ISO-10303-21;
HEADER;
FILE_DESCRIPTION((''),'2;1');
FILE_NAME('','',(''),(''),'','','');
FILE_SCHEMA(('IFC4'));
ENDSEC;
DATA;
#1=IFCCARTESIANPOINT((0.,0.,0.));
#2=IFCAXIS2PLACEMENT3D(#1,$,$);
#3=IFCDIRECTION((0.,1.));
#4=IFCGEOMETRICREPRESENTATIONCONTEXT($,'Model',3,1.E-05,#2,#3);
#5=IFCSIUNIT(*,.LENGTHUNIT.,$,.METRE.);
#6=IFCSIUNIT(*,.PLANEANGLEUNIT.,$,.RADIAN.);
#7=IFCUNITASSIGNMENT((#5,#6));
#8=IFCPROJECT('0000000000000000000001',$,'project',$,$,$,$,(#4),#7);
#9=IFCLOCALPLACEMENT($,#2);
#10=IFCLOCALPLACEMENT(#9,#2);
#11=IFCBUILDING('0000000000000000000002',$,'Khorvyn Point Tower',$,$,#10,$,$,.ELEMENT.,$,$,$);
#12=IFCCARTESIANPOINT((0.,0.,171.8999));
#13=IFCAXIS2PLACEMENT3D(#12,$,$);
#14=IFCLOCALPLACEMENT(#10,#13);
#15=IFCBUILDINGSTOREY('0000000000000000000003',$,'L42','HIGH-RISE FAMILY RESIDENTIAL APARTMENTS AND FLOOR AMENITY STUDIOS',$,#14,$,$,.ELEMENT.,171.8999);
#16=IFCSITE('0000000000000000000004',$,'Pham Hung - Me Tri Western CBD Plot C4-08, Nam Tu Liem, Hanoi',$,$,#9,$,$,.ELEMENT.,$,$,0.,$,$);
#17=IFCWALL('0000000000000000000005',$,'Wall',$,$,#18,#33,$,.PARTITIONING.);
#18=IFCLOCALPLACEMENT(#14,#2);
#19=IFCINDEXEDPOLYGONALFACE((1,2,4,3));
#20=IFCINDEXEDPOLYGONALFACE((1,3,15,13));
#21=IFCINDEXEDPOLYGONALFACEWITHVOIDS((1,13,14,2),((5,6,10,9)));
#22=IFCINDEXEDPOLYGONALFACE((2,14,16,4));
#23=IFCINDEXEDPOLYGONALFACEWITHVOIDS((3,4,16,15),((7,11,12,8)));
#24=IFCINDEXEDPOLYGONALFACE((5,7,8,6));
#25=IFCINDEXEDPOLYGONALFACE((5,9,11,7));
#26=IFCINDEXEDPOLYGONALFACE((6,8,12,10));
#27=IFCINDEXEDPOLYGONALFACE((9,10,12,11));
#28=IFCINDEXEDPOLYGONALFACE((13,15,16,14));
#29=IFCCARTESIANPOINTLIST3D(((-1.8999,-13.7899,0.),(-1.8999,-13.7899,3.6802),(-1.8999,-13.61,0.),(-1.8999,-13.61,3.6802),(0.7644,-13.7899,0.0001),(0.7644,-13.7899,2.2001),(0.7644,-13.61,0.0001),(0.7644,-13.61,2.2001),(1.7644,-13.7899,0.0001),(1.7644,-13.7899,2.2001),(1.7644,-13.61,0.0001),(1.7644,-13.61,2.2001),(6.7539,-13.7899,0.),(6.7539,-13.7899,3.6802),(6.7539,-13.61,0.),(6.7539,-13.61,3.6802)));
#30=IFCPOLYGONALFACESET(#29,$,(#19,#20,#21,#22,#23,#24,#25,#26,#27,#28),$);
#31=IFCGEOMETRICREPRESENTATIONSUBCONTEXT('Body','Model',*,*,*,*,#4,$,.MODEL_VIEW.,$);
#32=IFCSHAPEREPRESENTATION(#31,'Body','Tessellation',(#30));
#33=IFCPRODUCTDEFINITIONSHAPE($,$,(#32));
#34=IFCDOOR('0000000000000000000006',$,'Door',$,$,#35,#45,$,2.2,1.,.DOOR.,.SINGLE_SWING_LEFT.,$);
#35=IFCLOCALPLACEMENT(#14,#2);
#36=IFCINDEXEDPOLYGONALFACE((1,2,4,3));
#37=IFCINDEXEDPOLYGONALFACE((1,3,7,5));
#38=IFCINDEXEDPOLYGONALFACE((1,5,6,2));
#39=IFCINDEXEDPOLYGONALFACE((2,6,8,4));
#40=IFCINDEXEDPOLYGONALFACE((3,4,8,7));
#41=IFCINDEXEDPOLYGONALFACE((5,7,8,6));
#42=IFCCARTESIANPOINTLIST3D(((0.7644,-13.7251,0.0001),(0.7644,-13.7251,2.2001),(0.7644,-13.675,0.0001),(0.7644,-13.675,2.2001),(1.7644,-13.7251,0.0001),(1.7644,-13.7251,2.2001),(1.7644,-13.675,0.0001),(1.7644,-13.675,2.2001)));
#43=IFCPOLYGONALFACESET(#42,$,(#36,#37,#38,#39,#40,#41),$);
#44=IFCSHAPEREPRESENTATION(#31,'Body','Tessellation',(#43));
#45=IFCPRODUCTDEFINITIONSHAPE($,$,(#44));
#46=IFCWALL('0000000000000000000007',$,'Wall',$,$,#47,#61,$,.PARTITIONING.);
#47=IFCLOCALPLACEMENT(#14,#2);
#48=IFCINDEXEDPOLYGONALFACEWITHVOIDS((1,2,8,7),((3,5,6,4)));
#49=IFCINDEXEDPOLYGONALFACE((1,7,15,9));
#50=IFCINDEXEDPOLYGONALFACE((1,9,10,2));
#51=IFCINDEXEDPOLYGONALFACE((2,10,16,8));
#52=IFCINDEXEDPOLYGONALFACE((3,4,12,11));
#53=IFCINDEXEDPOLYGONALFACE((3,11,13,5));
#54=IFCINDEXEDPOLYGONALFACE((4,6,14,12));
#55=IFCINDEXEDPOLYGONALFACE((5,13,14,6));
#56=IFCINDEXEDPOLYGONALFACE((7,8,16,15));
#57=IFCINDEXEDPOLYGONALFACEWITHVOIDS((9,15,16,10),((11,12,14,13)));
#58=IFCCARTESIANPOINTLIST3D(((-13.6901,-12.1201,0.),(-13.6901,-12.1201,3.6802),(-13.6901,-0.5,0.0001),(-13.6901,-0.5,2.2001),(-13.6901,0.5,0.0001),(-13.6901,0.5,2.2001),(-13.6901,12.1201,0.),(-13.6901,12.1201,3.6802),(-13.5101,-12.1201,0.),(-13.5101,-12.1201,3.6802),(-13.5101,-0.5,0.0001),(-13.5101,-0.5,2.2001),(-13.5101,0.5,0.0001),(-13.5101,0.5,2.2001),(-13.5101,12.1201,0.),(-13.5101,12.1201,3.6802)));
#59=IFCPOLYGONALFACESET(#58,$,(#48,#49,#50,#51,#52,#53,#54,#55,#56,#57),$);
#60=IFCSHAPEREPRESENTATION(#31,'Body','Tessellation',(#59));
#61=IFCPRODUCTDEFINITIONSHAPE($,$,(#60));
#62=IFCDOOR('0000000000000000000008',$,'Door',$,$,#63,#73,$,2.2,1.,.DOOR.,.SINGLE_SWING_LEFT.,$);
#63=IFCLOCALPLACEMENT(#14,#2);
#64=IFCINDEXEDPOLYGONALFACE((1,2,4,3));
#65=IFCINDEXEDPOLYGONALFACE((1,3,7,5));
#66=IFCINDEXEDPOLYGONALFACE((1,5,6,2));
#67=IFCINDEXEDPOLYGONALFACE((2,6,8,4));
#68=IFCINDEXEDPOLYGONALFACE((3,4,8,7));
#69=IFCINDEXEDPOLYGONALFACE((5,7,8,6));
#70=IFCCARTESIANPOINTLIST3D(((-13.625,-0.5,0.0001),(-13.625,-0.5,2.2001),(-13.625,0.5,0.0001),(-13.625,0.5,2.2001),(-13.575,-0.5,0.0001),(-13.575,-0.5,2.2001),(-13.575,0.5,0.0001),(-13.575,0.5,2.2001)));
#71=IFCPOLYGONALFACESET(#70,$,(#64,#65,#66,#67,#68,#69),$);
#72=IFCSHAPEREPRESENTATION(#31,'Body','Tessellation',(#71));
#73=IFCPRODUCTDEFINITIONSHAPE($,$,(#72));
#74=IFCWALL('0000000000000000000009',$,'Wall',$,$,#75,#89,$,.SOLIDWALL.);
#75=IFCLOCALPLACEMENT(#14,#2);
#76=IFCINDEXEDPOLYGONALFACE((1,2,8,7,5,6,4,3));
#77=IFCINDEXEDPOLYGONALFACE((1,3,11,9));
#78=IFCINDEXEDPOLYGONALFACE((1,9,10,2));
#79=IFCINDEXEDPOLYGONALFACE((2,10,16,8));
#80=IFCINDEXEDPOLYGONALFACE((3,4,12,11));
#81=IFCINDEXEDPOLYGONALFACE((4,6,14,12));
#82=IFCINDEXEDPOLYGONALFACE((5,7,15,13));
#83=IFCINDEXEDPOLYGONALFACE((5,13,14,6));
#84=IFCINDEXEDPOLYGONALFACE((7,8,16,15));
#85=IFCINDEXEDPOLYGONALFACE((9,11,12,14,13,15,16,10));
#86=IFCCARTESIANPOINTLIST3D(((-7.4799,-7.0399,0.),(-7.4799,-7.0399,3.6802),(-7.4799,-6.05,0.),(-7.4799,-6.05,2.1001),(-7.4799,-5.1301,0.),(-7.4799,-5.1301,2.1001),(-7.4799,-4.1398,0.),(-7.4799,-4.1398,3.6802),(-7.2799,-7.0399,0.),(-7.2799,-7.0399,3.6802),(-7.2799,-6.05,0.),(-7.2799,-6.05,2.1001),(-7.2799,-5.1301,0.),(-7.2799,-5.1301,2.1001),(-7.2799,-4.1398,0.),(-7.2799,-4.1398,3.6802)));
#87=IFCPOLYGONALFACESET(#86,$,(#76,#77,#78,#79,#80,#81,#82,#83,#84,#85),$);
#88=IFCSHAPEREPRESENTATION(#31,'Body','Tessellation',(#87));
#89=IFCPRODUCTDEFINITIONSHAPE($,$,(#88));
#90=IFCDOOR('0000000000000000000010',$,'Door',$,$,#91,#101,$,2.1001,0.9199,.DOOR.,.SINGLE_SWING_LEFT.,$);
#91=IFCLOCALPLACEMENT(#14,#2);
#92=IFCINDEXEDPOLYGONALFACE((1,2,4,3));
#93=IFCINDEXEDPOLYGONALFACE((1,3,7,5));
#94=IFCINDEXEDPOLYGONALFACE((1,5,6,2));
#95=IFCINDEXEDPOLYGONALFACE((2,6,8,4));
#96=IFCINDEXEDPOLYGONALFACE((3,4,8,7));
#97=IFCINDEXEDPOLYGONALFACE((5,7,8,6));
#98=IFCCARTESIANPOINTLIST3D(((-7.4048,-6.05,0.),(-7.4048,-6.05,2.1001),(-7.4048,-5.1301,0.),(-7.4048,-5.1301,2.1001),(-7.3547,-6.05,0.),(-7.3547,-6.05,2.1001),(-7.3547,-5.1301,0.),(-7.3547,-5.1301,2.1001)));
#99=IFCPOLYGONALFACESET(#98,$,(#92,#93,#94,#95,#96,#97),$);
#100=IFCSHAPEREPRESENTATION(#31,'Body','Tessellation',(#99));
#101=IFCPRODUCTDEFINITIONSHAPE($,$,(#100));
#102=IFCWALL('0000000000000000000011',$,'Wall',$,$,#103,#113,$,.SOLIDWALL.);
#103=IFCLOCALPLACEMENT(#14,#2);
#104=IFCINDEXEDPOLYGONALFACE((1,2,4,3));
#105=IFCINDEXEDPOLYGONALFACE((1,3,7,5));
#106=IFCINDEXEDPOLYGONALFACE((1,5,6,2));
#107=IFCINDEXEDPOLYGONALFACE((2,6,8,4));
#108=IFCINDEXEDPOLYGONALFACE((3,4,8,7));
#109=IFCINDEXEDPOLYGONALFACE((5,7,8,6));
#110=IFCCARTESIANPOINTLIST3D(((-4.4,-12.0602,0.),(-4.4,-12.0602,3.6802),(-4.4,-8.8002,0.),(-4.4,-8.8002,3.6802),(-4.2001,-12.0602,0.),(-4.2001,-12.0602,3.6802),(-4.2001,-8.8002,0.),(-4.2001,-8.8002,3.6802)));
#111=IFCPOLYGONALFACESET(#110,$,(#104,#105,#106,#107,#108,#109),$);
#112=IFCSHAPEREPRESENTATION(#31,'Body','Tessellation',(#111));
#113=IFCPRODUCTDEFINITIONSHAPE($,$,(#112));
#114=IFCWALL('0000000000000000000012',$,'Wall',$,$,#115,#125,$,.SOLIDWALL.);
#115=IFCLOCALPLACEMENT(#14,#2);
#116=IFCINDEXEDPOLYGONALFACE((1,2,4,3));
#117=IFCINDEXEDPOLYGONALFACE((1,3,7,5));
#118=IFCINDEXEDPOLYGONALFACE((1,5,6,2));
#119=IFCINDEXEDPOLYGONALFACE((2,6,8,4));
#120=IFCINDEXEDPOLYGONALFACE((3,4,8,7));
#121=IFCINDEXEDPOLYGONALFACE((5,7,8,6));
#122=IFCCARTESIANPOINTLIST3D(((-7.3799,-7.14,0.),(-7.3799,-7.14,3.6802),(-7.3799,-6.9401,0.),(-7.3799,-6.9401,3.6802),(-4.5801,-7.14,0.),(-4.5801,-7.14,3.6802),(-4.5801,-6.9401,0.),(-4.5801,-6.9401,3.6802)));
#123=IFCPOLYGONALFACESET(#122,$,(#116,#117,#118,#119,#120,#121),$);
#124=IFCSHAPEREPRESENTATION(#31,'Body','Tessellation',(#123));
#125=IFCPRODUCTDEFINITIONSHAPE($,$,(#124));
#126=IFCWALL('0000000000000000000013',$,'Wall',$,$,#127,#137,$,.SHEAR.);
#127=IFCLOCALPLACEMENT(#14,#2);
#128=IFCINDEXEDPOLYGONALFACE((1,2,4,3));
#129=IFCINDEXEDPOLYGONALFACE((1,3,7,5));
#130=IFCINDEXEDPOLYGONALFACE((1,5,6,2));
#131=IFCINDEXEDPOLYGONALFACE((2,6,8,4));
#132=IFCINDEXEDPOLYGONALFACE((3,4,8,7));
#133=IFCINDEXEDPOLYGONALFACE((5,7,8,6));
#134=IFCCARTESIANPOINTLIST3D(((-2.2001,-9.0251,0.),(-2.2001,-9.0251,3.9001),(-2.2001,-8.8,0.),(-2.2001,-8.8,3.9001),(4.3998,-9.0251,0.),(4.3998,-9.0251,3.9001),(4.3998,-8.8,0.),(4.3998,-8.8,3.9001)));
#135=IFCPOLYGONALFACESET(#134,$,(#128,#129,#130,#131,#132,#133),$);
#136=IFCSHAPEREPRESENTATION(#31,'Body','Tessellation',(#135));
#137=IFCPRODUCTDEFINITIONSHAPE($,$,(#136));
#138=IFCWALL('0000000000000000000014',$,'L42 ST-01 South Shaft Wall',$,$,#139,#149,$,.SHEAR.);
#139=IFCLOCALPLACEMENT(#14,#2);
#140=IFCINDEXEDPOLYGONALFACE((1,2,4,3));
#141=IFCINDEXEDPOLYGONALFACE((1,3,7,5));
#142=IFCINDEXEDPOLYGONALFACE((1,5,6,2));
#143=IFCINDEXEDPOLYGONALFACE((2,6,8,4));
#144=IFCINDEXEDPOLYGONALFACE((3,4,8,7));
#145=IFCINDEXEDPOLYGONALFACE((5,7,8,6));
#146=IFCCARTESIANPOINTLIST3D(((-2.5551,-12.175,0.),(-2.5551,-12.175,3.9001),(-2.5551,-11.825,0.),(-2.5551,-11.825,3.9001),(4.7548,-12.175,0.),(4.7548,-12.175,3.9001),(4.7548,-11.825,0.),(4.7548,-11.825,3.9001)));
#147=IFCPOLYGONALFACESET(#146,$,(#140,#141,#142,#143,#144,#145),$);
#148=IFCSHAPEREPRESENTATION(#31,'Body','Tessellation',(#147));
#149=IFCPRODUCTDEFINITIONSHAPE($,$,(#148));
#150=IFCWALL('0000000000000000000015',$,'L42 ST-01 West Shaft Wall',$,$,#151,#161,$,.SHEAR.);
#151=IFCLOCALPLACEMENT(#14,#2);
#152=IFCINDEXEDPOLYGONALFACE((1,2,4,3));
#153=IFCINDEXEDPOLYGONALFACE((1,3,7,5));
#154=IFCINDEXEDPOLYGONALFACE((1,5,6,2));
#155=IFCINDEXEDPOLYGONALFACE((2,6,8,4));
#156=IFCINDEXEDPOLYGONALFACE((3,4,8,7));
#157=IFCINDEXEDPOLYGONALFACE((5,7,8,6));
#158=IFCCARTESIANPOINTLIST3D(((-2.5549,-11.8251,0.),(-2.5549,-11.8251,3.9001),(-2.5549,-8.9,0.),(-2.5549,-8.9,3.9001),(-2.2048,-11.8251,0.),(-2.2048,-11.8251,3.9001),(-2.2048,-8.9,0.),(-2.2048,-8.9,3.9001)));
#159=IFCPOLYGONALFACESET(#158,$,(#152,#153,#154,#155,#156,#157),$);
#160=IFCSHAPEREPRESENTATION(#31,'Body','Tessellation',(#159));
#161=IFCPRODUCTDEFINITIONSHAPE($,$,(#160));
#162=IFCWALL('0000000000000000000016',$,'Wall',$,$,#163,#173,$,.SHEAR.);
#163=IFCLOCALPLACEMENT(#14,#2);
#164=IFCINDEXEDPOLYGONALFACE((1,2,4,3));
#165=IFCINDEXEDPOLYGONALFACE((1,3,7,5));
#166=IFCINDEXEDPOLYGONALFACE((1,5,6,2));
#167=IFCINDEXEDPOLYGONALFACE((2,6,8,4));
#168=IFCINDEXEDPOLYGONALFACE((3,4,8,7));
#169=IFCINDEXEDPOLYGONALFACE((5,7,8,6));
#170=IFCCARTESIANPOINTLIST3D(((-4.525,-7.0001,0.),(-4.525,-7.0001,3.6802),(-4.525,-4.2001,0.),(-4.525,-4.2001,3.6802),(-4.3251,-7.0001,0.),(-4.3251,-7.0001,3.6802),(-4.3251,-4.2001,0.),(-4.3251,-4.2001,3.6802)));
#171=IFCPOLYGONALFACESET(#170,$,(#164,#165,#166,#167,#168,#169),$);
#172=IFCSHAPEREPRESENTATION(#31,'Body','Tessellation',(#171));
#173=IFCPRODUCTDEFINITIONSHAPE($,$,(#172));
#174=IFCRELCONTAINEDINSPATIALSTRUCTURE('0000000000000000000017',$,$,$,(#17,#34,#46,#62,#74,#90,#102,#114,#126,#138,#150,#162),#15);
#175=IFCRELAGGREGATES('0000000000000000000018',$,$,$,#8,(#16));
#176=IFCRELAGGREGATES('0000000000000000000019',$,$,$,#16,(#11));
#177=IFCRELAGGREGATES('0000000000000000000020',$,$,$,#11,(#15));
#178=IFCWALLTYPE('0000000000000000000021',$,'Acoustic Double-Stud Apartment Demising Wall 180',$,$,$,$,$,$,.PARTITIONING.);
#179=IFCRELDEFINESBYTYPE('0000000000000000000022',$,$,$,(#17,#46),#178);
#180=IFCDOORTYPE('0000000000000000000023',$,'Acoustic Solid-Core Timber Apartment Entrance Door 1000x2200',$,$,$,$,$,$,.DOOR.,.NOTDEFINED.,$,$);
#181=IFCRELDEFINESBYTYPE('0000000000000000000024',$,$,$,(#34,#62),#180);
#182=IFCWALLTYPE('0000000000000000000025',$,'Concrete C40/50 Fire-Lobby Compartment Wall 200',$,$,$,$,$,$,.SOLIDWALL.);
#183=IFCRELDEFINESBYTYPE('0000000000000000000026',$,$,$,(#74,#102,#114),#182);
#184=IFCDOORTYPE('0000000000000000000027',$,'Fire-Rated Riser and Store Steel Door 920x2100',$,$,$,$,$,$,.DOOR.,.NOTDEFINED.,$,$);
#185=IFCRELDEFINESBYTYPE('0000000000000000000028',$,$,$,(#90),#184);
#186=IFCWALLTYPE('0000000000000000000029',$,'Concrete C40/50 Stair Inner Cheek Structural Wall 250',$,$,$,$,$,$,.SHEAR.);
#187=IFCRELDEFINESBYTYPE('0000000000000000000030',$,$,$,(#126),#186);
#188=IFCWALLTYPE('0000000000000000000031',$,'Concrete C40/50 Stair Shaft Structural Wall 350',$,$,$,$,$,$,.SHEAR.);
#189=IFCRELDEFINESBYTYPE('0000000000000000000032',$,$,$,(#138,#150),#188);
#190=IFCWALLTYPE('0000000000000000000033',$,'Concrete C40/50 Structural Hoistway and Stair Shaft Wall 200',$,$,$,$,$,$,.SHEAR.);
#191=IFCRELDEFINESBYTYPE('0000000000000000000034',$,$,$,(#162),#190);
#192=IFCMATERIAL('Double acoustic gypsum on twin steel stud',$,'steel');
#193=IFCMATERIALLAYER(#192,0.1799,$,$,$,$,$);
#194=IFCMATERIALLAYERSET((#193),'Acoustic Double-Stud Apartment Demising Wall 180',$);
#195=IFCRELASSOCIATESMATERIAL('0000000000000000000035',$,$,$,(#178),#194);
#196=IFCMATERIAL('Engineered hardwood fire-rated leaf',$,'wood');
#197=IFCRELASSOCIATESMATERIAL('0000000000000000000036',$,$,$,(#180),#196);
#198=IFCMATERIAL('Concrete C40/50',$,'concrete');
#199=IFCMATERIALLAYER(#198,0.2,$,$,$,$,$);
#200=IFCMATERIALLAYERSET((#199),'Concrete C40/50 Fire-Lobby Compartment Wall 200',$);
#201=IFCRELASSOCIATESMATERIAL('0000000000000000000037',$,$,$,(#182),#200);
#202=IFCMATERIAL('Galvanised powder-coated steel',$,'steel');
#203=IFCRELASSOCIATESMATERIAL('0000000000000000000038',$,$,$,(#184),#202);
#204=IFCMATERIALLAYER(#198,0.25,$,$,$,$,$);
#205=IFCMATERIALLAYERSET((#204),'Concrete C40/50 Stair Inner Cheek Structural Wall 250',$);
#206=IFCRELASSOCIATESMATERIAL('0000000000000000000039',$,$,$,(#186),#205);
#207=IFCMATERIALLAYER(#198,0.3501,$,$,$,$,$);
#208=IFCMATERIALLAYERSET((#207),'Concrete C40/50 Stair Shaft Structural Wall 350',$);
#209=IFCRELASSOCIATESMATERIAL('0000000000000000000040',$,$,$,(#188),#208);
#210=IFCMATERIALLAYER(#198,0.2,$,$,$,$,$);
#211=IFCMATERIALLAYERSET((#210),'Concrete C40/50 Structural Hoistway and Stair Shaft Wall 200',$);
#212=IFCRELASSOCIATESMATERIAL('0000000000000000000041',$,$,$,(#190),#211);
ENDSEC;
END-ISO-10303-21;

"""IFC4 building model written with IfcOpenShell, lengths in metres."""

from ifc_helpers import new_model, si_unit, direction, frame, frame_2d, origin, place, context, subcontext, project, spatial, rectangle, extrude, material, layer, layer_set, type_object, element, fill, save


model = new_model("IFC4")

# Units and contexts
model_context = context("Model", 3, precision=1e-05, world=origin(), true_north=direction((0.0, 1.0)))
body_context = subcontext(model_context, "Body", "Model", "MODEL_VIEW")
ifc_project = project(units=[si_unit("LENGTHUNIT", "METRE"), si_unit("PLANEANGLEUNIT", "RADIAN")], contexts=[model_context])

# Site, building, storey
site_placement = place(None, origin())
site = spatial("IfcSite", under=ifc_project, at=site_placement, Name="Pham Hung - Me Tri Western CBD Plot C4-08, Nam Tu Liem, Hanoi", CompositionType="ELEMENT", RefElevation=0.0)
building_placement = place(site_placement, origin())
building = spatial("IfcBuilding", under=site, at=building_placement, Name="Khorvyn Point Tower", CompositionType="ELEMENT")
storey_placement = place(building_placement, frame((0.0, 0.0, 171.8999)))
storey = spatial("IfcBuildingStorey", under=building, at=storey_placement, Name="L42", Description="HIGH-RISE FAMILY RESIDENTIAL APARTMENTS AND FLOOR AMENITY STUDIOS", CompositionType="ELEMENT", Elevation=171.8999)

# Shared definitions
ifc_material_1 = material(Name="Concrete C40/50", Category="concrete")

# Walls, openings, doors
ifc_material_2 = material(Name="Double acoustic gypsum on twin steel stud", Category="steel")
ifc_layer_1 = layer(ifc_material_2, 0.1799)
ifc_layer_set_1 = layer_set([ifc_layer_1], Name="Acoustic Double-Stud Apartment Demising Wall 180")
wall_type_1 = type_object("IfcWallType", Name="Acoustic Double-Stud Apartment Demising Wall 180", PredefinedType="PARTITIONING", material=ifc_layer_set_1)
ifc_material_3 = material(Name="Engineered hardwood fire-rated leaf", Category="wood")
door_type_1 = type_object("IfcDoorType", Name="Acoustic Solid-Core Timber Apartment Entrance Door 1000x2200", OperationType="NOTDEFINED", PredefinedType="DOOR", material=ifc_material_3)
wall_1_placement = place(storey_placement, frame((-1.8999, -13.7, 0.0), z_axis=(0.0, 0.0, 1.0), x_axis=(1.0, 0.0, 0.0)))
wall_1 = element("IfcWall", 1, at=wall_1_placement, inside=storey, type_object=wall_type_1, Name="Wall", PredefinedType="PARTITIONING", context=body_context, shape_type="SweptSolid", body=[
    extrude(rectangle(XDim=8.6538, YDim=0.1799, at=frame_2d((4.3269, 0.0))), origin(), (0.0, 0.0, 1.0), 3.6802),
])
opening_1_placement = place(wall_1_placement, frame((2.6643, 0.0, 0.0)))
opening_1 = element("IfcOpeningElement", 2, at=opening_1_placement, cuts=wall_1, PredefinedType="OPENING", context=body_context, shape_type="SweptSolid", body=[
    extrude(rectangle(XDim=1.0, YDim=2.2, at=frame_2d((0.5, 1.1001))), frame((0.0, 0.0999, 0.0), z_axis=(0.0, -1.0, 0.0), x_axis=(1.0, 0.0, 0.0)), (0.0, 0.0, 1.0), 0.2),
])
door_1_placement = place(opening_1_placement, origin())
door_1 = element("IfcDoor", 3, at=door_1_placement, inside=storey, type_object=door_type_1, Name="Door", OperationType="SINGLE_SWING_LEFT", OverallHeight=2.2, OverallWidth=1.0, PredefinedType="DOOR", context=body_context, shape_type="SweptSolid", body=[
    extrude(rectangle(XDim=1.0, YDim=2.2, at=frame_2d((0.5, 1.1001))), frame((0.0, 0.0249, 0.0), z_axis=(0.0, -1.0, 0.0), x_axis=(1.0, 0.0, 0.0)), (0.0, 0.0, 1.0), 0.05),
])
fill(opening_1, door_1)
wall_2_placement = place(storey_placement, frame((-13.6001, -12.1201, 0.0), z_axis=(0.0, 0.0, 1.0), x_axis=(0.0, 1.0, 0.0)))
wall_2 = element("IfcWall", 4, at=wall_2_placement, inside=storey, type_object=wall_type_1, Name="Wall", PredefinedType="PARTITIONING", context=body_context, shape_type="SweptSolid", body=[
    extrude(rectangle(XDim=24.2402, YDim=0.1799, at=frame_2d((12.1201, 0.0))), origin(), (0.0, 0.0, 1.0), 3.6802),
])
opening_2_placement = place(wall_2_placement, frame((11.6201, 0.0, 0.0)))
opening_2 = element("IfcOpeningElement", 5, at=opening_2_placement, cuts=wall_2, PredefinedType="OPENING", context=body_context, shape_type="SweptSolid", body=[
    extrude(rectangle(XDim=1.0, YDim=2.2, at=frame_2d((0.5, 1.1001))), frame((0.0, 0.0999, 0.0), z_axis=(0.0, -1.0, 0.0), x_axis=(1.0, 0.0, 0.0)), (0.0, 0.0, 1.0), 0.2),
])
door_2_placement = place(opening_2_placement, origin())
door_2 = element("IfcDoor", 6, at=door_2_placement, inside=storey, type_object=door_type_1, Name="Door", OperationType="SINGLE_SWING_LEFT", OverallHeight=2.2, OverallWidth=1.0, PredefinedType="DOOR", context=body_context, shape_type="SweptSolid", body=[
    extrude(rectangle(XDim=1.0, YDim=2.2, at=frame_2d((0.5, 1.1001))), frame((0.0, 0.0249, 0.0), z_axis=(0.0, -1.0, 0.0), x_axis=(1.0, 0.0, 0.0)), (0.0, 0.0, 1.0), 0.05),
])
fill(opening_2, door_2)
ifc_layer_2 = layer(ifc_material_1, 0.2)
ifc_layer_set_2 = layer_set([ifc_layer_2], Name="Concrete C40/50 Fire-Lobby Compartment Wall 200")
wall_type_2 = type_object("IfcWallType", Name="Concrete C40/50 Fire-Lobby Compartment Wall 200", PredefinedType="SOLIDWALL", material=ifc_layer_set_2)
ifc_material_4 = material(Name="Galvanised powder-coated steel", Category="steel")
wall_3_placement = place(storey_placement, frame((-7.3799, -7.04, 0.0), z_axis=(0.0, 0.0, 1.0), x_axis=(0.0, 1.0, 0.0)))
wall_3 = element("IfcWall", 7, at=wall_3_placement, inside=storey, type_object=wall_type_2, Name="Wall", PredefinedType="SOLIDWALL", context=body_context, shape_type="SweptSolid", body=[
    extrude(rectangle(XDim=2.9001, YDim=0.2, at=frame_2d((1.4502, 0.0))), origin(), (0.0, 0.0, 1.0), 3.6802),
])
opening_3_placement = place(wall_3_placement, frame((0.99, 0.0, 0.0)))
opening_3 = element("IfcOpeningElement", 8, at=opening_3_placement, cuts=wall_3, PredefinedType="OPENING", context=body_context, shape_type="SweptSolid", body=[
    extrude(rectangle(XDim=0.9199, YDim=2.1001, at=frame_2d((0.46, 1.05))), frame((0.0, 0.1099, 0.0), z_axis=(0.0, -1.0, 0.0), x_axis=(1.0, 0.0, 0.0)), (0.0, 0.0, 1.0), 0.22),
])
door_type_2 = type_object("IfcDoorType", Name="Fire-Rated Riser and Store Steel Door 920x2100", OperationType="NOTDEFINED", PredefinedType="DOOR", material=ifc_material_4)
door_3_placement = place(opening_3_placement, origin())
door_3 = element("IfcDoor", 9, at=door_3_placement, inside=storey, type_object=door_type_2, Name="Door", OperationType="SINGLE_SWING_LEFT", OverallHeight=2.1001, OverallWidth=0.9199, PredefinedType="DOOR", context=body_context, shape_type="SweptSolid", body=[
    extrude(rectangle(XDim=0.9199, YDim=2.1001, at=frame_2d((0.46, 1.05))), frame((0.0, 0.0249, 0.0), z_axis=(0.0, -1.0, 0.0), x_axis=(1.0, 0.0, 0.0)), (0.0, 0.0, 1.0), 0.05),
])
fill(opening_3, door_3)

# Walls
wall_4_placement = place(storey_placement, frame((-4.3, -12.0601, 0.0), z_axis=(0.0, 0.0, 1.0), x_axis=(0.0, 1.0, 0.0)))
element("IfcWall", 10, at=wall_4_placement, inside=storey, type_object=wall_type_2, Name="Wall", PredefinedType="SOLIDWALL", context=body_context, shape_type="SweptSolid", body=[
    extrude(rectangle(XDim=3.26, YDim=0.2, at=frame_2d((1.6299, 0.0))), origin(), (0.0, 0.0, 1.0), 3.6802),
])
wall_5_placement = place(storey_placement, frame((-7.3799, -7.04, 0.0), z_axis=(0.0, 0.0, 1.0), x_axis=(1.0, 0.0, 0.0)))
element("IfcWall", 11, at=wall_5_placement, inside=storey, type_object=wall_type_2, Name="Wall", PredefinedType="SOLIDWALL", context=body_context, shape_type="SweptSolid", body=[
    extrude(rectangle(XDim=2.7998, YDim=0.2, at=frame_2d((1.3999, 0.0))), origin(), (0.0, 0.0, 1.0), 3.6802),
])
ifc_layer_3 = layer(ifc_material_1, 0.25)
ifc_layer_set_3 = layer_set([ifc_layer_3], Name="Concrete C40/50 Stair Inner Cheek Structural Wall 250")
wall_type_3 = type_object("IfcWallType", Name="Concrete C40/50 Stair Inner Cheek Structural Wall 250", PredefinedType="SHEAR", material=ifc_layer_set_3)
wall_6_placement = place(storey_placement, frame((-2.2, -8.9126, 0.0), z_axis=(0.0, 0.0, 1.0), x_axis=(1.0, 0.0, 0.0)))
element("IfcWall", 12, at=wall_6_placement, inside=storey, type_object=wall_type_3, Name="Wall", PredefinedType="SHEAR", context=body_context, shape_type="SweptSolid", body=[
    extrude(rectangle(XDim=6.5999, YDim=0.2251, at=frame_2d((3.2998, 0.0))), origin(), (0.0, 0.0, 1.0), 3.9001),
])
ifc_layer_4 = layer(ifc_material_1, 0.3501)
ifc_layer_set_4 = layer_set([ifc_layer_4], Name="Concrete C40/50 Stair Shaft Structural Wall 350")
wall_type_4 = type_object("IfcWallType", Name="Concrete C40/50 Stair Shaft Structural Wall 350", PredefinedType="SHEAR", material=ifc_layer_set_4)
wall_7_placement = place(storey_placement, frame((-2.5549, -12.0, 0.0), z_axis=(0.0, 0.0, 1.0), x_axis=(1.0, 0.0, 0.0)))
element("IfcWall", 13, at=wall_7_placement, inside=storey, type_object=wall_type_4, Name="L42 ST-01 South Shaft Wall", PredefinedType="SHEAR", context=body_context, shape_type="SweptSolid", body=[
    extrude(rectangle(XDim=7.3098, YDim=0.3501, at=frame_2d((3.6548, 0.0))), origin(), (0.0, 0.0, 1.0), 3.9001),
])
wall_8_placement = place(storey_placement, frame((-2.3799, -11.825, 0.0), z_axis=(0.0, 0.0, 1.0), x_axis=(0.0, 1.0, 0.0)))
element("IfcWall", 14, at=wall_8_placement, inside=storey, type_object=wall_type_4, Name="L42 ST-01 West Shaft Wall", PredefinedType="SHEAR", context=body_context, shape_type="SweptSolid", body=[
    extrude(rectangle(XDim=2.925, YDim=0.3501, at=frame_2d((1.4624, 0.0))), origin(), (0.0, 0.0, 1.0), 3.9001),
])
ifc_layer_5 = layer(ifc_material_1, 0.2)
ifc_layer_set_5 = layer_set([ifc_layer_5], Name="Concrete C40/50 Structural Hoistway and Stair Shaft Wall 200")
wall_type_5 = type_object("IfcWallType", Name="Concrete C40/50 Structural Hoistway and Stair Shaft Wall 200", PredefinedType="SHEAR", material=ifc_layer_set_5)
for number, where, z_axis, x_axis, name in (
    (15, (-4.425, -7.0, 0.0), (0.0, 0.0, 1.0), (0.0, 1.0, 0.0), "Wall"),
):
    element("IfcWall", number, at=place(storey_placement, frame(where, z_axis=z_axis, x_axis=x_axis)), inside=storey, type_object=wall_type_5, Name=name, PredefinedType="SHEAR", context=body_context, shape_type="SweptSolid", body=[
        extrude(rectangle(XDim=2.8, YDim=0.2, at=frame_2d((1.3999, 0.0))), origin(), (0.0, 0.0, 1.0), 3.6802),
    ])

save(model, "model.ifc")
